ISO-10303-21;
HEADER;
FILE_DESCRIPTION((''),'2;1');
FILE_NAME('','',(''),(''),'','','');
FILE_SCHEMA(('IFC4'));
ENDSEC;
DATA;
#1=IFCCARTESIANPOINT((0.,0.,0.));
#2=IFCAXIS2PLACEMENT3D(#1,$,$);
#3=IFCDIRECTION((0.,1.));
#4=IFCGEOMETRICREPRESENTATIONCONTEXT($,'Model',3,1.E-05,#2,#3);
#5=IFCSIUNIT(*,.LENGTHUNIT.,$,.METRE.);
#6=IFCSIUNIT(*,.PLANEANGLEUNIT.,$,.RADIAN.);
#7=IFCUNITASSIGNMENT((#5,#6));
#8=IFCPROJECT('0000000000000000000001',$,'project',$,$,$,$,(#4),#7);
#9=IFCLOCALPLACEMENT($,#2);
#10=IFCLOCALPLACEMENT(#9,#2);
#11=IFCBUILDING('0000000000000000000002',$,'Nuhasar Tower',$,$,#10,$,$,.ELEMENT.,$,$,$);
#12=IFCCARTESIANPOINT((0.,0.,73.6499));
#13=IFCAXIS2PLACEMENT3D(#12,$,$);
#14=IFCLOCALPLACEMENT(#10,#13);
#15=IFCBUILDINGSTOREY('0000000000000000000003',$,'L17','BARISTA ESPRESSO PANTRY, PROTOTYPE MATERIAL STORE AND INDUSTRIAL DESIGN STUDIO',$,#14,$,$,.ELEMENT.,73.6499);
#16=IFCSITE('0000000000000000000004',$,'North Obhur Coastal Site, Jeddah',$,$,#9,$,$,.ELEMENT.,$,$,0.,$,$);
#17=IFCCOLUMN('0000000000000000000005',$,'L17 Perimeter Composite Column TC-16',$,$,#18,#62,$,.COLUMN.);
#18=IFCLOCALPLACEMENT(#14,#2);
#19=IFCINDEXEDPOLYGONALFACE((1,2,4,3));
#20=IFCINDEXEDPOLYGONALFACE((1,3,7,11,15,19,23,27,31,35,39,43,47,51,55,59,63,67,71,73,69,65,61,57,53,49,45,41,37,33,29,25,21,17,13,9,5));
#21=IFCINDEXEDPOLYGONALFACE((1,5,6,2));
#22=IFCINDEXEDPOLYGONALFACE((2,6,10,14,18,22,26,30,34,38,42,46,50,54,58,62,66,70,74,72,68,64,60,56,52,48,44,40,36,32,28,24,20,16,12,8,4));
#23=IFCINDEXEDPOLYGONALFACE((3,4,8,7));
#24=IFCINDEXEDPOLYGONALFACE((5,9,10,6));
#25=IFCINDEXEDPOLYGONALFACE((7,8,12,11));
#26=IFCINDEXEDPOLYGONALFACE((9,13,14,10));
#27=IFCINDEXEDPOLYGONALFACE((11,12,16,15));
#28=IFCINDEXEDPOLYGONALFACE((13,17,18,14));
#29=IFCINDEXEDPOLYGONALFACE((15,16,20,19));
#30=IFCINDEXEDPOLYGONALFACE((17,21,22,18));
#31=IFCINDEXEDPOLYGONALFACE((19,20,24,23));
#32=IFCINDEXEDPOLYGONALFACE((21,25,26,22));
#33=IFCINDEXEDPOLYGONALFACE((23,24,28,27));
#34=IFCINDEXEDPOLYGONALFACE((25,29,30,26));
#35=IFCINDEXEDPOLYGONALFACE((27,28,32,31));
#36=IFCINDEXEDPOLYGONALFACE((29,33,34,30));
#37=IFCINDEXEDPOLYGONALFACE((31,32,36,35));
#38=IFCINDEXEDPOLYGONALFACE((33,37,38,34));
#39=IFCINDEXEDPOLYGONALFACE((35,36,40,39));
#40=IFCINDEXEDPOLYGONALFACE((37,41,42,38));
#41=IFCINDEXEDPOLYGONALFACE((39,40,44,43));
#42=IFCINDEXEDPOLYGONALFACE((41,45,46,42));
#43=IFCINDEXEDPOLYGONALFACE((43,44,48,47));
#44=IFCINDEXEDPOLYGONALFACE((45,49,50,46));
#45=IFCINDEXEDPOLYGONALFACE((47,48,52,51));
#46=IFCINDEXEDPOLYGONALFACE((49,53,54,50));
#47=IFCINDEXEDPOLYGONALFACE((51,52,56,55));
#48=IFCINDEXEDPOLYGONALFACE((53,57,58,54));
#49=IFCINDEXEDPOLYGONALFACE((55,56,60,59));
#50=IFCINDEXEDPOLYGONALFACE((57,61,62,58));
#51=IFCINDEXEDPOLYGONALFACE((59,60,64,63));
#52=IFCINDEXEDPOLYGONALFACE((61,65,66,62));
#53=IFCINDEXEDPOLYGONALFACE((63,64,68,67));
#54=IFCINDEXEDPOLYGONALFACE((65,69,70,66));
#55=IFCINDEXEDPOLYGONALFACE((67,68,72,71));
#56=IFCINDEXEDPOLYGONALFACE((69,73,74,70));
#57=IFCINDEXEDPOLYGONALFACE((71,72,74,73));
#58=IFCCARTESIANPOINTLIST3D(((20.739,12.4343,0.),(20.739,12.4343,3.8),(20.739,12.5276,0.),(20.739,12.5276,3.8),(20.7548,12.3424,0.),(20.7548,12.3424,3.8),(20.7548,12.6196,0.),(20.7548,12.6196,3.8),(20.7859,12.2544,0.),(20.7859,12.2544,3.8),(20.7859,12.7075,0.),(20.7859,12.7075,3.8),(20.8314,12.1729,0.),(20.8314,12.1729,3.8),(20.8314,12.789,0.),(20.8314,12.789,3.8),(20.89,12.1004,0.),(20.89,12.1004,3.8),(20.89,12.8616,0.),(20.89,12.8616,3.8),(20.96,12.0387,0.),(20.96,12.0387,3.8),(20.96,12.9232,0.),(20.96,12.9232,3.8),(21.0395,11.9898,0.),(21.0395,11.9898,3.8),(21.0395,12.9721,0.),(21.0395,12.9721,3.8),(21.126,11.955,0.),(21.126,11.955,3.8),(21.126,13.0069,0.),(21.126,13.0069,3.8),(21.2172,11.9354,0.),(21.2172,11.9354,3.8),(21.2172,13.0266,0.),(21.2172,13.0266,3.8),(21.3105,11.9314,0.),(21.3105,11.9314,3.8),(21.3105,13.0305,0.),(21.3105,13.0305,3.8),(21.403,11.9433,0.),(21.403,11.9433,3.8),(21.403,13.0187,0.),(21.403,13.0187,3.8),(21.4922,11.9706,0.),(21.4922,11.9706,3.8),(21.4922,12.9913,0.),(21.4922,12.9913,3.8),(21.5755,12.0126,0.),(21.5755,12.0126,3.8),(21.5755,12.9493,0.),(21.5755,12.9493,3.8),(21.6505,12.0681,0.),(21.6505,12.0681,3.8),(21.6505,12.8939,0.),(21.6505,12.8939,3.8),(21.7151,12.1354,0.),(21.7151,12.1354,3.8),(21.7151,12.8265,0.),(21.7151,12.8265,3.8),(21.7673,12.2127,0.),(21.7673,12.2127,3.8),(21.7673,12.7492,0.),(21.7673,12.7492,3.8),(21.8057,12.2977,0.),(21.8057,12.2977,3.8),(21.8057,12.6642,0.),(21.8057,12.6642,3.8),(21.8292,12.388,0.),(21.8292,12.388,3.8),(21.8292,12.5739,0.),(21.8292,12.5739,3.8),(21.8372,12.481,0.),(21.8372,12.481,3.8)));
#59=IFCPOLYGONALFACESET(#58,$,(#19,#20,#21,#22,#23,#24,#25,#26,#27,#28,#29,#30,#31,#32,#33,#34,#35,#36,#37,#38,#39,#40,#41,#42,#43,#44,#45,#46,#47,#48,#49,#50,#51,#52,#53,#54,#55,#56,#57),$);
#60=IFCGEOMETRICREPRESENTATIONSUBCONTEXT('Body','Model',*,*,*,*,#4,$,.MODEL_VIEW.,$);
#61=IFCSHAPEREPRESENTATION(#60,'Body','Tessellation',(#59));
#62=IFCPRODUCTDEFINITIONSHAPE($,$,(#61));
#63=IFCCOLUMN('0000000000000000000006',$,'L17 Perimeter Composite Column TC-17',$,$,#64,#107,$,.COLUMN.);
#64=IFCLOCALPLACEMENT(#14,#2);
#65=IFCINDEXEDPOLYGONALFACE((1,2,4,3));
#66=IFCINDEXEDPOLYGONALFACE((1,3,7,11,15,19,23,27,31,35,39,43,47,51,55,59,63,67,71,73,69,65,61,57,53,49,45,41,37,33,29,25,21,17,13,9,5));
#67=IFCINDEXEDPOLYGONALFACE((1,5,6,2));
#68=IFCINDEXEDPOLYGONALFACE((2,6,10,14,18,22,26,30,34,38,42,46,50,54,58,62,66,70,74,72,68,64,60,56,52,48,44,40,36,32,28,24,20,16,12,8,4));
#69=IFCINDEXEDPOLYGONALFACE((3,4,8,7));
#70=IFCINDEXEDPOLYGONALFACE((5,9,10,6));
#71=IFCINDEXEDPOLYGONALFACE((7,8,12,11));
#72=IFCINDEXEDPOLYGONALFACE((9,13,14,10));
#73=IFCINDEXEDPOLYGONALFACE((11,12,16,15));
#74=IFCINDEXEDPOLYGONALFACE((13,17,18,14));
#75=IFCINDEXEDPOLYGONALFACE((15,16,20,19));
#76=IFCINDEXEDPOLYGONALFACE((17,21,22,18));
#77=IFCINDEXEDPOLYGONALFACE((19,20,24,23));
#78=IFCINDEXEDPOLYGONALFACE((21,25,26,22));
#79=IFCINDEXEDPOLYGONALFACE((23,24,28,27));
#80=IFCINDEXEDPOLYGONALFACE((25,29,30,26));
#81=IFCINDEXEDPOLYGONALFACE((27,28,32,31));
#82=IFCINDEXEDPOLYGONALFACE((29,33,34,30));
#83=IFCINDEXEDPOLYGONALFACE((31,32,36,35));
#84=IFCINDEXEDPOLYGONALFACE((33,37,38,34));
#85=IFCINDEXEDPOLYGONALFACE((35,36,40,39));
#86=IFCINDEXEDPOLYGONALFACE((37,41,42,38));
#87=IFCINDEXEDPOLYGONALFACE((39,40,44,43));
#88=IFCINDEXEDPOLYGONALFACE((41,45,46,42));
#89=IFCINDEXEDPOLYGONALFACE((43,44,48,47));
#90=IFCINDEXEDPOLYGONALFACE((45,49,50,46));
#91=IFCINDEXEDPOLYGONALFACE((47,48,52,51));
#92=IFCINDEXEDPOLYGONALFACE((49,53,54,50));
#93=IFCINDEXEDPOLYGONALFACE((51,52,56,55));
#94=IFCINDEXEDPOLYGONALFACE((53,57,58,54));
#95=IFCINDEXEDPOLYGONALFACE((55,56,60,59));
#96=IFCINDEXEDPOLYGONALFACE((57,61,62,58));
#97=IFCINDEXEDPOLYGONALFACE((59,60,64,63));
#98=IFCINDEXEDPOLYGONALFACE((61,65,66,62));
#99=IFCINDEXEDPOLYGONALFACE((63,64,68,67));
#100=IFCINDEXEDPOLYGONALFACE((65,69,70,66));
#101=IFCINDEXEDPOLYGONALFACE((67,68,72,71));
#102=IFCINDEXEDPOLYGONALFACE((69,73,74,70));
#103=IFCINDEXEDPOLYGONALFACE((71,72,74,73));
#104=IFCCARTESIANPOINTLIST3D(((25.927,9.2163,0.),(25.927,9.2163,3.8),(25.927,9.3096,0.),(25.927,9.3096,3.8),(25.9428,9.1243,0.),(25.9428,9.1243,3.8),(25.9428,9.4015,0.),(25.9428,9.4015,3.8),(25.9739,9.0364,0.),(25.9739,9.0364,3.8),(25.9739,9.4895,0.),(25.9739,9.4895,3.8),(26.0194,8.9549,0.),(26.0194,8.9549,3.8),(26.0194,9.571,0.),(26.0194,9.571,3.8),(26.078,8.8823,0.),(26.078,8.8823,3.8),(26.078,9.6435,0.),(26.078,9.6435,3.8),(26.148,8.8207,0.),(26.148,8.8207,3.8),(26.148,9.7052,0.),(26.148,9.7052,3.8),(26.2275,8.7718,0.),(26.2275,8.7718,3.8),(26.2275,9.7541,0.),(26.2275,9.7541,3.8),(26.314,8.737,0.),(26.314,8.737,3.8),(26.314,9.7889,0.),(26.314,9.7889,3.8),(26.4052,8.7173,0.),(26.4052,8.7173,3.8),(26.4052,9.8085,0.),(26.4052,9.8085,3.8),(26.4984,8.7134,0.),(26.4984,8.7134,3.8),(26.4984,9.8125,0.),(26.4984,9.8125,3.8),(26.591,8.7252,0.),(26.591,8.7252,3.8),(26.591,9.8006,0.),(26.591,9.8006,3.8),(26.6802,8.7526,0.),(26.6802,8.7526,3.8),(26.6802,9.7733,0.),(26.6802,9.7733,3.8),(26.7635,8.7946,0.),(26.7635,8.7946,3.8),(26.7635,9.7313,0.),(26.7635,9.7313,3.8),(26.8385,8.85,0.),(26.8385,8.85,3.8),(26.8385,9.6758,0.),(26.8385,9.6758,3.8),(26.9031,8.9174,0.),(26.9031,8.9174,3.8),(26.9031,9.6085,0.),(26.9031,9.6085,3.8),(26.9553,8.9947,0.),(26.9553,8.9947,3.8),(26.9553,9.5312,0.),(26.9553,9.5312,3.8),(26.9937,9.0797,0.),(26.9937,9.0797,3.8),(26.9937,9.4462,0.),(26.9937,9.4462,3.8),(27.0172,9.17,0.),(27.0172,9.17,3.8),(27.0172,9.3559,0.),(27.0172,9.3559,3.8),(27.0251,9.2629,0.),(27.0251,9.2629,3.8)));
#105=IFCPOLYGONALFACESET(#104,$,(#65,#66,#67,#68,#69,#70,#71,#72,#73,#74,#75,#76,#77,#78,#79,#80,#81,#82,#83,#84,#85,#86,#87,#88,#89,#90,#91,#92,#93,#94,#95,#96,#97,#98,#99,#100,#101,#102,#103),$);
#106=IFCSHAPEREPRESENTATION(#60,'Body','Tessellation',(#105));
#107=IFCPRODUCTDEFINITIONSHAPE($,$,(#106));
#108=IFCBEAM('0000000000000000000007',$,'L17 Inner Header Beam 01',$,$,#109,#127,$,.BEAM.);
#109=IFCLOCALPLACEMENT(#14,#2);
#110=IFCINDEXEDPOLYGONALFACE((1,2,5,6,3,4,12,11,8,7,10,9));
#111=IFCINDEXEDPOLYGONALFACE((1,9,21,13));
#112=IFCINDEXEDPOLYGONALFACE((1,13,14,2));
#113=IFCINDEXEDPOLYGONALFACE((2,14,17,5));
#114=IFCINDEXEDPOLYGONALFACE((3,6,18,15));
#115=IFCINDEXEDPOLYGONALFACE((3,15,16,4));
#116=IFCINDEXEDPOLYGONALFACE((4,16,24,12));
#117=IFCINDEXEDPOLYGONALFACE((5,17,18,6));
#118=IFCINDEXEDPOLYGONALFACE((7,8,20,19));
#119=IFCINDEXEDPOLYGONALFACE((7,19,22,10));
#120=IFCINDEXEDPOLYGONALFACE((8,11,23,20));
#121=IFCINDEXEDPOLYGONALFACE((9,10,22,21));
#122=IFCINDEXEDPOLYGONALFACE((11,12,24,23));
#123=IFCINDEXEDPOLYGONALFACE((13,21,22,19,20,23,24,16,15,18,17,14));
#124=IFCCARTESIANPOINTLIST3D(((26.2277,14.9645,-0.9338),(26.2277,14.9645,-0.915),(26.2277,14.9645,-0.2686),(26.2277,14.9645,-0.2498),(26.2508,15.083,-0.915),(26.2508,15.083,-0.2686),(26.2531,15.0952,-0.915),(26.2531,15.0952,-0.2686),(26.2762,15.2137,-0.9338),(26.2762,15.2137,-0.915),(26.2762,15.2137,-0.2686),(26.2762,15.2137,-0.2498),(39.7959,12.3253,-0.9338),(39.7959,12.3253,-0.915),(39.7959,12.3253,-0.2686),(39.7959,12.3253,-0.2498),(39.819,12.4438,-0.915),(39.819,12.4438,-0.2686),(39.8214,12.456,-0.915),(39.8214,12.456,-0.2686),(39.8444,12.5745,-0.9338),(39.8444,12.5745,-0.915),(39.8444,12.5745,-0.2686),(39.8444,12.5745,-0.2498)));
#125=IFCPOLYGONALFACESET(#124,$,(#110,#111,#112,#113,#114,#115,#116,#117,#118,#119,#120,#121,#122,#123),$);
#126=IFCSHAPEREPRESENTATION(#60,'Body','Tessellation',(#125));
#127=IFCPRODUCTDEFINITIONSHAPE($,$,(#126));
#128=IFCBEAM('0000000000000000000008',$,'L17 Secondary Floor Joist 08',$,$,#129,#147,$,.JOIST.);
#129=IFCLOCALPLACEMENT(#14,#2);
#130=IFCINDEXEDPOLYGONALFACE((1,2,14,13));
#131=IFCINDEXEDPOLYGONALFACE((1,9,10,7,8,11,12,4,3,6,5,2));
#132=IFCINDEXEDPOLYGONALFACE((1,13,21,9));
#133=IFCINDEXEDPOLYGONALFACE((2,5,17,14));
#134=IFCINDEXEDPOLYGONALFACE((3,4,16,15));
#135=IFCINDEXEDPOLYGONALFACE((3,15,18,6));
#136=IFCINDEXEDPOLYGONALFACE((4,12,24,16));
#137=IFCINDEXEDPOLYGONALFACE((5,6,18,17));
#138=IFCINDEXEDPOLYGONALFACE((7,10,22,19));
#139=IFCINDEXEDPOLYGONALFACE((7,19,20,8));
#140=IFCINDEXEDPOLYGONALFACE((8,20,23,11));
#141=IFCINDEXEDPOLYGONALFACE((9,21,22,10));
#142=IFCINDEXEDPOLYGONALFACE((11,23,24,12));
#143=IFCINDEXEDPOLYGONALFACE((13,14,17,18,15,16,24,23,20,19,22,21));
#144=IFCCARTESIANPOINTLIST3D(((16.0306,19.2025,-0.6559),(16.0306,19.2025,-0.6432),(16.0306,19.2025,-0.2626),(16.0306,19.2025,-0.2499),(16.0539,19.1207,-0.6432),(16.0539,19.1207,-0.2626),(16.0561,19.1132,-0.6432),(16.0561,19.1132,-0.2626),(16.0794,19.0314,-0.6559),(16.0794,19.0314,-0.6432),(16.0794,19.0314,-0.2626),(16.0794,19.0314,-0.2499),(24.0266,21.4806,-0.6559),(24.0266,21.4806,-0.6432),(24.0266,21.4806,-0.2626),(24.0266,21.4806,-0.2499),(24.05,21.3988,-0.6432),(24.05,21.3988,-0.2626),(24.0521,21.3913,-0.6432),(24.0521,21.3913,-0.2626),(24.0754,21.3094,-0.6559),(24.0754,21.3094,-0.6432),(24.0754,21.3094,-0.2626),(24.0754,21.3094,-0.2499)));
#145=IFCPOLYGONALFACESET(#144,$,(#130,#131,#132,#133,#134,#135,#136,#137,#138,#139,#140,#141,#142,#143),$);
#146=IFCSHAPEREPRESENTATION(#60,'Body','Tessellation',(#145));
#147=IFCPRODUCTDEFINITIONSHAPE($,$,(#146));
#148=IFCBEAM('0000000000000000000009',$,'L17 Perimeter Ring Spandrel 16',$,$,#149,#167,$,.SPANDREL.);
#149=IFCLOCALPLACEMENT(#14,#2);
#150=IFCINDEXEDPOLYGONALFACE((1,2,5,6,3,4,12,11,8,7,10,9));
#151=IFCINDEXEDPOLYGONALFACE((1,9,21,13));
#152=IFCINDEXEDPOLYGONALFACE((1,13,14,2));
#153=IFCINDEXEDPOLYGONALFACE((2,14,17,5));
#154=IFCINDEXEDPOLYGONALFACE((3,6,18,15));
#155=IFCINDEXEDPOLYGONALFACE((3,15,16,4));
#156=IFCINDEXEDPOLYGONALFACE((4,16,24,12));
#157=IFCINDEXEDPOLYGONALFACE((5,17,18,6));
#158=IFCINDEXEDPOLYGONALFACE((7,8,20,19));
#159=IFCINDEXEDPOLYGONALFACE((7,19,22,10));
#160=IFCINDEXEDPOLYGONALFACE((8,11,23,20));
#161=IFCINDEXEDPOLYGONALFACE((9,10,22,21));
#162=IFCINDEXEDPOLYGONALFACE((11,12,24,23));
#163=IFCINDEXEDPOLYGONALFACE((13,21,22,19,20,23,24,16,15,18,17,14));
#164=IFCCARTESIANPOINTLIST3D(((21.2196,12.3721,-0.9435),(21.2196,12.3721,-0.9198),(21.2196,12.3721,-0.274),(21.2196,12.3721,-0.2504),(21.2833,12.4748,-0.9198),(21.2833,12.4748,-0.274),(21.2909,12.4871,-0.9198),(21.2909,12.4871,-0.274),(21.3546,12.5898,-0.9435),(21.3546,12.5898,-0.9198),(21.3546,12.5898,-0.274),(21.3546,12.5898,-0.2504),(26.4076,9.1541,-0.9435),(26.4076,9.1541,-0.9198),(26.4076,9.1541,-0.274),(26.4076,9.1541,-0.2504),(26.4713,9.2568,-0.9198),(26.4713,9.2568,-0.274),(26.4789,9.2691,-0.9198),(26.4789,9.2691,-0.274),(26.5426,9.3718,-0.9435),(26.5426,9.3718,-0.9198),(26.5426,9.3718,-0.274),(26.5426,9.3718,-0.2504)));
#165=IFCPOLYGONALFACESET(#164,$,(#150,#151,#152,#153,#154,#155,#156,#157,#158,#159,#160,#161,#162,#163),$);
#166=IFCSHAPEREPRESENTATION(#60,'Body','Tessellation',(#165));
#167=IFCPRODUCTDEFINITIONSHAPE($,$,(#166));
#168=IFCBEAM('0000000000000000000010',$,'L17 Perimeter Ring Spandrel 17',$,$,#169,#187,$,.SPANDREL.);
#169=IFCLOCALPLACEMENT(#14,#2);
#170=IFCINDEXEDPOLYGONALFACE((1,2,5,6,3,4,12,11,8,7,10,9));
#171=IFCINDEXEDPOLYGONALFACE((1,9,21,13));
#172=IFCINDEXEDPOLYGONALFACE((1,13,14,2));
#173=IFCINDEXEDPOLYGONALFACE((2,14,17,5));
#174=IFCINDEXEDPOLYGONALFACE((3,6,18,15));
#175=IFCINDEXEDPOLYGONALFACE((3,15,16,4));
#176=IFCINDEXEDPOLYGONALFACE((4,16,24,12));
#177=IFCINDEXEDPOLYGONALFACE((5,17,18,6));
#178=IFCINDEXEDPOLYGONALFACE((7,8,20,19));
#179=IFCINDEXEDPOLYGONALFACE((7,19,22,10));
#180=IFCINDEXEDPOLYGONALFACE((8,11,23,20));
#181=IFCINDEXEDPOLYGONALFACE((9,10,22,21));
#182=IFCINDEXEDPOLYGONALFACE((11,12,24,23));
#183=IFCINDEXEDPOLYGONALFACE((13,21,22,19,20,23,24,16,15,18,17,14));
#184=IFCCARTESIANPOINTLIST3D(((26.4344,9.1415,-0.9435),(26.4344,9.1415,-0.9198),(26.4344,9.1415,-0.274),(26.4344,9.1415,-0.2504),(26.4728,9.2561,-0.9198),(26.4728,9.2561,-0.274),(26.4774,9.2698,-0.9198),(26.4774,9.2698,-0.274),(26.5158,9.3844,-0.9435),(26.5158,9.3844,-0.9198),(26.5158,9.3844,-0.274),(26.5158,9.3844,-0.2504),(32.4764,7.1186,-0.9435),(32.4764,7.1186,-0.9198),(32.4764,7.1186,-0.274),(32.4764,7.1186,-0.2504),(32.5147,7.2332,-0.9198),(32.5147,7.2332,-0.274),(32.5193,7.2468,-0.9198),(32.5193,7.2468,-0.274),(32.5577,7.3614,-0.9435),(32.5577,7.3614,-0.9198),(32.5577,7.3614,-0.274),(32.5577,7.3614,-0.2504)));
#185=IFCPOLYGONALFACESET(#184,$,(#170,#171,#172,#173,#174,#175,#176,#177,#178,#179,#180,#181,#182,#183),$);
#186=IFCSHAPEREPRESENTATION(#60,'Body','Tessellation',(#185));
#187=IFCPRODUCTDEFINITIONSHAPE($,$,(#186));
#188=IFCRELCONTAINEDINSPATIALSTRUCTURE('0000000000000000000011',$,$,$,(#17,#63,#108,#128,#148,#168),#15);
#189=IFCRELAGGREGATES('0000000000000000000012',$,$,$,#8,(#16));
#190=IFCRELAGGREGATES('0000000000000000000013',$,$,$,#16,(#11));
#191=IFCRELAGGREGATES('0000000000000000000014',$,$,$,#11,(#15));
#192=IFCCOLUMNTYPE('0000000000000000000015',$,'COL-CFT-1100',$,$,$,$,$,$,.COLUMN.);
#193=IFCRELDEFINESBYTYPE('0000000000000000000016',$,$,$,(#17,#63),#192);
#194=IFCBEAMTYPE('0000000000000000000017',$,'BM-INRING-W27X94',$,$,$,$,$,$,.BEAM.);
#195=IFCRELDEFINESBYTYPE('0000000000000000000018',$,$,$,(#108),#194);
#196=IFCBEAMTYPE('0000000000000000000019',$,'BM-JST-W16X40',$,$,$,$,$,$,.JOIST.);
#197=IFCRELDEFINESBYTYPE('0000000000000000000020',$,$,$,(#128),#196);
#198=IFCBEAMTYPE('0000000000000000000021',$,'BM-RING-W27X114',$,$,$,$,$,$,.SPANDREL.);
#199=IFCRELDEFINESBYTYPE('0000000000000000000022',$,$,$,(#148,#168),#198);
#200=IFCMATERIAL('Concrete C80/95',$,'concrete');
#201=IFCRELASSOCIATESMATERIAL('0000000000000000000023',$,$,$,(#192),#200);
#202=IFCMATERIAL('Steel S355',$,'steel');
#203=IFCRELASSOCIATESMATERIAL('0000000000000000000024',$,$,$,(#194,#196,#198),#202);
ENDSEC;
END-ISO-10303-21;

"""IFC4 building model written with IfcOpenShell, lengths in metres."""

from ifc_helpers import new_model, si_unit, direction, frame, origin, origin_2d, place, context, subcontext, project, spatial, circle, i_section, extrude, material, material_profile, profile_set, type_object, element, save


model = new_model("IFC4")

# Units and contexts
model_context = context("Model", 3, precision=1e-05, world=origin(), true_north=direction((0.0, 1.0)))
body_context = subcontext(model_context, "Body", "Model", "MODEL_VIEW")
ifc_project = project(units=[si_unit("LENGTHUNIT", "METRE"), si_unit("PLANEANGLEUNIT", "RADIAN")], contexts=[model_context])

# Site, building, storey
site_placement = place(None, origin())
site = spatial("IfcSite", under=ifc_project, at=site_placement, Name="North Obhur Coastal Site, Jeddah", CompositionType="ELEMENT", RefElevation=0.0)
building_placement = place(site_placement, origin())
building = spatial("IfcBuilding", under=site, at=building_placement, Name="Nuhasar Tower", CompositionType="ELEMENT")
storey_placement = place(building_placement, frame((0.0, 0.0, 73.6499)))
storey = spatial("IfcBuildingStorey", under=building, at=storey_placement, Name="L17", Description="BARISTA ESPRESSO PANTRY, PROTOTYPE MATERIAL STORE AND INDUSTRIAL DESIGN STUDIO", CompositionType="ELEMENT", Elevation=73.6499)

# Columns
ifc_material_1 = material(Name="Concrete C80/95", Category="concrete")
ifc_material_profile_1 = material_profile(ifc_material_1, circle(Radius=0.55, at=origin_2d()), Name="CFT1100")
ifc_profile_set_1 = profile_set([ifc_material_profile_1], Name="Concrete C80/95")
column_type = type_object("IfcColumnType", Name="COL-CFT-1100", PredefinedType="COLUMN", material=ifc_profile_set_1)
for number, where, z_axis, x_axis, name in (
    (1, (21.2871, 12.481, 0.0), (0.0, 0.0, 1.0), (1.0, 0.0, 0.0), "L17 Perimeter Composite Column TC-16"),
    (2, (26.4751, 9.2629, 0.0), (0.0, 0.0, 1.0), (1.0, 0.0, 0.0), "L17 Perimeter Composite Column TC-17"),
):
    element("IfcColumn", number, at=place(storey_placement, frame(where, z_axis=z_axis, x_axis=x_axis)), inside=storey, type_object=column_type, Name=name, PredefinedType="COLUMN", context=body_context, shape_type="SweptSolid", body=[
        extrude(circle(Radius=0.55, at=origin_2d()), origin(), (0.0, 0.0, 1.0), 3.8),
    ])

# Beams
ifc_material_2 = material(Name="Steel S355", Category="steel")
ifc_material_profile_2 = material_profile(ifc_material_2, i_section(OverallWidth=0.2539, OverallDepth=0.6841, WebThickness=0.0125, FlangeThickness=0.0188, at=origin_2d()), Name="W27X94")
ifc_profile_set_2 = profile_set([ifc_material_profile_2], Name="Steel S355")
beam_type_1 = type_object("IfcBeamType", Name="BM-INRING-W27X94", PredefinedType="BEAM", material=ifc_profile_set_2)
beam_1_placement = place(storey_placement, frame((26.252, 15.0891, -0.5918), z_axis=(0.981603, -0.190933, 0.0), x_axis=(0.190933, 0.981603, 0.0)))
element("IfcBeam", 3, at=beam_1_placement, inside=storey, type_object=beam_type_1, Name="L17 Inner Header Beam 01", PredefinedType="BEAM", context=body_context, shape_type="SweptSolid", body=[
    extrude(i_section(OverallWidth=0.2539, OverallDepth=0.6841, WebThickness=0.0125, FlangeThickness=0.0188, at=origin_2d()), origin(), (0.0, 0.0, 1.0), 13.8225),
])
ifc_material_profile_3 = material_profile(ifc_material_2, i_section(OverallWidth=0.178, OverallDepth=0.406, WebThickness=0.0078, FlangeThickness=0.0127, at=origin_2d()), Name="W16X40")
ifc_profile_set_3 = profile_set([ifc_material_profile_3], Name="Steel S355")
beam_type_2 = type_object("IfcBeamType", Name="BM-JST-W16X40", PredefinedType="JOIST", material=ifc_profile_set_3)
beam_2_placement = place(storey_placement, frame((24.051, 21.395, -0.4529), z_axis=(-0.961731, -0.273996, 0.0), x_axis=(0.273996, -0.961731, 0.0)))
element("IfcBeam", 4, at=beam_2_placement, inside=storey, type_object=beam_type_2, Name="L17 Secondary Floor Joist 08", PredefinedType="JOIST", context=body_context, shape_type="SweptSolid", body=[
    extrude(i_section(OverallWidth=0.178, OverallDepth=0.406, WebThickness=0.0078, FlangeThickness=0.0127, at=origin_2d()), origin(), (0.0, 0.0, 1.0), 8.3142),
])
ifc_material_profile_4 = material_profile(ifc_material_2, i_section(OverallWidth=0.2561, OverallDepth=0.6931, WebThickness=0.0144, FlangeThickness=0.0237, at=origin_2d()), Name="W27X114")
ifc_profile_set_4 = profile_set([ifc_material_profile_4], Name="Steel S355")
beam_type_3 = type_object("IfcBeamType", Name="BM-RING-W27X114", PredefinedType="SPANDREL", material=ifc_profile_set_4)
beam_3_placement = place(storey_placement, frame((21.2871, 12.481, -0.5969), z_axis=(0.849795, -0.527113, 0.0), x_axis=(0.527113, 0.849795, 0.0)))
element("IfcBeam", 5, at=beam_3_placement, inside=storey, type_object=beam_type_3, Name="L17 Perimeter Ring Spandrel 16", PredefinedType="SPANDREL", context=body_context, shape_type="SweptSolid", body=[
    extrude(i_section(OverallWidth=0.2561, OverallDepth=0.6931, WebThickness=0.0144, FlangeThickness=0.0237, at=origin_2d()), origin(), (0.0, 0.0, 1.0), 6.105),
])
beam_4_placement = place(storey_placement, frame((26.4751, 9.2629, -0.5969), z_axis=(0.948261, -0.317492, 0.0), x_axis=(0.317492, 0.948261, 0.0)))
element("IfcBeam", 6, at=beam_4_placement, inside=storey, type_object=beam_type_3, Name="L17 Perimeter Ring Spandrel 17", PredefinedType="SPANDREL", context=body_context, shape_type="SweptSolid", body=[
    extrude(i_section(OverallWidth=0.2561, OverallDepth=0.6931, WebThickness=0.0144, FlangeThickness=0.0237, at=origin_2d()), origin(), (0.0, 0.0, 1.0), 6.3716),
])

save(model, "model.ifc")
